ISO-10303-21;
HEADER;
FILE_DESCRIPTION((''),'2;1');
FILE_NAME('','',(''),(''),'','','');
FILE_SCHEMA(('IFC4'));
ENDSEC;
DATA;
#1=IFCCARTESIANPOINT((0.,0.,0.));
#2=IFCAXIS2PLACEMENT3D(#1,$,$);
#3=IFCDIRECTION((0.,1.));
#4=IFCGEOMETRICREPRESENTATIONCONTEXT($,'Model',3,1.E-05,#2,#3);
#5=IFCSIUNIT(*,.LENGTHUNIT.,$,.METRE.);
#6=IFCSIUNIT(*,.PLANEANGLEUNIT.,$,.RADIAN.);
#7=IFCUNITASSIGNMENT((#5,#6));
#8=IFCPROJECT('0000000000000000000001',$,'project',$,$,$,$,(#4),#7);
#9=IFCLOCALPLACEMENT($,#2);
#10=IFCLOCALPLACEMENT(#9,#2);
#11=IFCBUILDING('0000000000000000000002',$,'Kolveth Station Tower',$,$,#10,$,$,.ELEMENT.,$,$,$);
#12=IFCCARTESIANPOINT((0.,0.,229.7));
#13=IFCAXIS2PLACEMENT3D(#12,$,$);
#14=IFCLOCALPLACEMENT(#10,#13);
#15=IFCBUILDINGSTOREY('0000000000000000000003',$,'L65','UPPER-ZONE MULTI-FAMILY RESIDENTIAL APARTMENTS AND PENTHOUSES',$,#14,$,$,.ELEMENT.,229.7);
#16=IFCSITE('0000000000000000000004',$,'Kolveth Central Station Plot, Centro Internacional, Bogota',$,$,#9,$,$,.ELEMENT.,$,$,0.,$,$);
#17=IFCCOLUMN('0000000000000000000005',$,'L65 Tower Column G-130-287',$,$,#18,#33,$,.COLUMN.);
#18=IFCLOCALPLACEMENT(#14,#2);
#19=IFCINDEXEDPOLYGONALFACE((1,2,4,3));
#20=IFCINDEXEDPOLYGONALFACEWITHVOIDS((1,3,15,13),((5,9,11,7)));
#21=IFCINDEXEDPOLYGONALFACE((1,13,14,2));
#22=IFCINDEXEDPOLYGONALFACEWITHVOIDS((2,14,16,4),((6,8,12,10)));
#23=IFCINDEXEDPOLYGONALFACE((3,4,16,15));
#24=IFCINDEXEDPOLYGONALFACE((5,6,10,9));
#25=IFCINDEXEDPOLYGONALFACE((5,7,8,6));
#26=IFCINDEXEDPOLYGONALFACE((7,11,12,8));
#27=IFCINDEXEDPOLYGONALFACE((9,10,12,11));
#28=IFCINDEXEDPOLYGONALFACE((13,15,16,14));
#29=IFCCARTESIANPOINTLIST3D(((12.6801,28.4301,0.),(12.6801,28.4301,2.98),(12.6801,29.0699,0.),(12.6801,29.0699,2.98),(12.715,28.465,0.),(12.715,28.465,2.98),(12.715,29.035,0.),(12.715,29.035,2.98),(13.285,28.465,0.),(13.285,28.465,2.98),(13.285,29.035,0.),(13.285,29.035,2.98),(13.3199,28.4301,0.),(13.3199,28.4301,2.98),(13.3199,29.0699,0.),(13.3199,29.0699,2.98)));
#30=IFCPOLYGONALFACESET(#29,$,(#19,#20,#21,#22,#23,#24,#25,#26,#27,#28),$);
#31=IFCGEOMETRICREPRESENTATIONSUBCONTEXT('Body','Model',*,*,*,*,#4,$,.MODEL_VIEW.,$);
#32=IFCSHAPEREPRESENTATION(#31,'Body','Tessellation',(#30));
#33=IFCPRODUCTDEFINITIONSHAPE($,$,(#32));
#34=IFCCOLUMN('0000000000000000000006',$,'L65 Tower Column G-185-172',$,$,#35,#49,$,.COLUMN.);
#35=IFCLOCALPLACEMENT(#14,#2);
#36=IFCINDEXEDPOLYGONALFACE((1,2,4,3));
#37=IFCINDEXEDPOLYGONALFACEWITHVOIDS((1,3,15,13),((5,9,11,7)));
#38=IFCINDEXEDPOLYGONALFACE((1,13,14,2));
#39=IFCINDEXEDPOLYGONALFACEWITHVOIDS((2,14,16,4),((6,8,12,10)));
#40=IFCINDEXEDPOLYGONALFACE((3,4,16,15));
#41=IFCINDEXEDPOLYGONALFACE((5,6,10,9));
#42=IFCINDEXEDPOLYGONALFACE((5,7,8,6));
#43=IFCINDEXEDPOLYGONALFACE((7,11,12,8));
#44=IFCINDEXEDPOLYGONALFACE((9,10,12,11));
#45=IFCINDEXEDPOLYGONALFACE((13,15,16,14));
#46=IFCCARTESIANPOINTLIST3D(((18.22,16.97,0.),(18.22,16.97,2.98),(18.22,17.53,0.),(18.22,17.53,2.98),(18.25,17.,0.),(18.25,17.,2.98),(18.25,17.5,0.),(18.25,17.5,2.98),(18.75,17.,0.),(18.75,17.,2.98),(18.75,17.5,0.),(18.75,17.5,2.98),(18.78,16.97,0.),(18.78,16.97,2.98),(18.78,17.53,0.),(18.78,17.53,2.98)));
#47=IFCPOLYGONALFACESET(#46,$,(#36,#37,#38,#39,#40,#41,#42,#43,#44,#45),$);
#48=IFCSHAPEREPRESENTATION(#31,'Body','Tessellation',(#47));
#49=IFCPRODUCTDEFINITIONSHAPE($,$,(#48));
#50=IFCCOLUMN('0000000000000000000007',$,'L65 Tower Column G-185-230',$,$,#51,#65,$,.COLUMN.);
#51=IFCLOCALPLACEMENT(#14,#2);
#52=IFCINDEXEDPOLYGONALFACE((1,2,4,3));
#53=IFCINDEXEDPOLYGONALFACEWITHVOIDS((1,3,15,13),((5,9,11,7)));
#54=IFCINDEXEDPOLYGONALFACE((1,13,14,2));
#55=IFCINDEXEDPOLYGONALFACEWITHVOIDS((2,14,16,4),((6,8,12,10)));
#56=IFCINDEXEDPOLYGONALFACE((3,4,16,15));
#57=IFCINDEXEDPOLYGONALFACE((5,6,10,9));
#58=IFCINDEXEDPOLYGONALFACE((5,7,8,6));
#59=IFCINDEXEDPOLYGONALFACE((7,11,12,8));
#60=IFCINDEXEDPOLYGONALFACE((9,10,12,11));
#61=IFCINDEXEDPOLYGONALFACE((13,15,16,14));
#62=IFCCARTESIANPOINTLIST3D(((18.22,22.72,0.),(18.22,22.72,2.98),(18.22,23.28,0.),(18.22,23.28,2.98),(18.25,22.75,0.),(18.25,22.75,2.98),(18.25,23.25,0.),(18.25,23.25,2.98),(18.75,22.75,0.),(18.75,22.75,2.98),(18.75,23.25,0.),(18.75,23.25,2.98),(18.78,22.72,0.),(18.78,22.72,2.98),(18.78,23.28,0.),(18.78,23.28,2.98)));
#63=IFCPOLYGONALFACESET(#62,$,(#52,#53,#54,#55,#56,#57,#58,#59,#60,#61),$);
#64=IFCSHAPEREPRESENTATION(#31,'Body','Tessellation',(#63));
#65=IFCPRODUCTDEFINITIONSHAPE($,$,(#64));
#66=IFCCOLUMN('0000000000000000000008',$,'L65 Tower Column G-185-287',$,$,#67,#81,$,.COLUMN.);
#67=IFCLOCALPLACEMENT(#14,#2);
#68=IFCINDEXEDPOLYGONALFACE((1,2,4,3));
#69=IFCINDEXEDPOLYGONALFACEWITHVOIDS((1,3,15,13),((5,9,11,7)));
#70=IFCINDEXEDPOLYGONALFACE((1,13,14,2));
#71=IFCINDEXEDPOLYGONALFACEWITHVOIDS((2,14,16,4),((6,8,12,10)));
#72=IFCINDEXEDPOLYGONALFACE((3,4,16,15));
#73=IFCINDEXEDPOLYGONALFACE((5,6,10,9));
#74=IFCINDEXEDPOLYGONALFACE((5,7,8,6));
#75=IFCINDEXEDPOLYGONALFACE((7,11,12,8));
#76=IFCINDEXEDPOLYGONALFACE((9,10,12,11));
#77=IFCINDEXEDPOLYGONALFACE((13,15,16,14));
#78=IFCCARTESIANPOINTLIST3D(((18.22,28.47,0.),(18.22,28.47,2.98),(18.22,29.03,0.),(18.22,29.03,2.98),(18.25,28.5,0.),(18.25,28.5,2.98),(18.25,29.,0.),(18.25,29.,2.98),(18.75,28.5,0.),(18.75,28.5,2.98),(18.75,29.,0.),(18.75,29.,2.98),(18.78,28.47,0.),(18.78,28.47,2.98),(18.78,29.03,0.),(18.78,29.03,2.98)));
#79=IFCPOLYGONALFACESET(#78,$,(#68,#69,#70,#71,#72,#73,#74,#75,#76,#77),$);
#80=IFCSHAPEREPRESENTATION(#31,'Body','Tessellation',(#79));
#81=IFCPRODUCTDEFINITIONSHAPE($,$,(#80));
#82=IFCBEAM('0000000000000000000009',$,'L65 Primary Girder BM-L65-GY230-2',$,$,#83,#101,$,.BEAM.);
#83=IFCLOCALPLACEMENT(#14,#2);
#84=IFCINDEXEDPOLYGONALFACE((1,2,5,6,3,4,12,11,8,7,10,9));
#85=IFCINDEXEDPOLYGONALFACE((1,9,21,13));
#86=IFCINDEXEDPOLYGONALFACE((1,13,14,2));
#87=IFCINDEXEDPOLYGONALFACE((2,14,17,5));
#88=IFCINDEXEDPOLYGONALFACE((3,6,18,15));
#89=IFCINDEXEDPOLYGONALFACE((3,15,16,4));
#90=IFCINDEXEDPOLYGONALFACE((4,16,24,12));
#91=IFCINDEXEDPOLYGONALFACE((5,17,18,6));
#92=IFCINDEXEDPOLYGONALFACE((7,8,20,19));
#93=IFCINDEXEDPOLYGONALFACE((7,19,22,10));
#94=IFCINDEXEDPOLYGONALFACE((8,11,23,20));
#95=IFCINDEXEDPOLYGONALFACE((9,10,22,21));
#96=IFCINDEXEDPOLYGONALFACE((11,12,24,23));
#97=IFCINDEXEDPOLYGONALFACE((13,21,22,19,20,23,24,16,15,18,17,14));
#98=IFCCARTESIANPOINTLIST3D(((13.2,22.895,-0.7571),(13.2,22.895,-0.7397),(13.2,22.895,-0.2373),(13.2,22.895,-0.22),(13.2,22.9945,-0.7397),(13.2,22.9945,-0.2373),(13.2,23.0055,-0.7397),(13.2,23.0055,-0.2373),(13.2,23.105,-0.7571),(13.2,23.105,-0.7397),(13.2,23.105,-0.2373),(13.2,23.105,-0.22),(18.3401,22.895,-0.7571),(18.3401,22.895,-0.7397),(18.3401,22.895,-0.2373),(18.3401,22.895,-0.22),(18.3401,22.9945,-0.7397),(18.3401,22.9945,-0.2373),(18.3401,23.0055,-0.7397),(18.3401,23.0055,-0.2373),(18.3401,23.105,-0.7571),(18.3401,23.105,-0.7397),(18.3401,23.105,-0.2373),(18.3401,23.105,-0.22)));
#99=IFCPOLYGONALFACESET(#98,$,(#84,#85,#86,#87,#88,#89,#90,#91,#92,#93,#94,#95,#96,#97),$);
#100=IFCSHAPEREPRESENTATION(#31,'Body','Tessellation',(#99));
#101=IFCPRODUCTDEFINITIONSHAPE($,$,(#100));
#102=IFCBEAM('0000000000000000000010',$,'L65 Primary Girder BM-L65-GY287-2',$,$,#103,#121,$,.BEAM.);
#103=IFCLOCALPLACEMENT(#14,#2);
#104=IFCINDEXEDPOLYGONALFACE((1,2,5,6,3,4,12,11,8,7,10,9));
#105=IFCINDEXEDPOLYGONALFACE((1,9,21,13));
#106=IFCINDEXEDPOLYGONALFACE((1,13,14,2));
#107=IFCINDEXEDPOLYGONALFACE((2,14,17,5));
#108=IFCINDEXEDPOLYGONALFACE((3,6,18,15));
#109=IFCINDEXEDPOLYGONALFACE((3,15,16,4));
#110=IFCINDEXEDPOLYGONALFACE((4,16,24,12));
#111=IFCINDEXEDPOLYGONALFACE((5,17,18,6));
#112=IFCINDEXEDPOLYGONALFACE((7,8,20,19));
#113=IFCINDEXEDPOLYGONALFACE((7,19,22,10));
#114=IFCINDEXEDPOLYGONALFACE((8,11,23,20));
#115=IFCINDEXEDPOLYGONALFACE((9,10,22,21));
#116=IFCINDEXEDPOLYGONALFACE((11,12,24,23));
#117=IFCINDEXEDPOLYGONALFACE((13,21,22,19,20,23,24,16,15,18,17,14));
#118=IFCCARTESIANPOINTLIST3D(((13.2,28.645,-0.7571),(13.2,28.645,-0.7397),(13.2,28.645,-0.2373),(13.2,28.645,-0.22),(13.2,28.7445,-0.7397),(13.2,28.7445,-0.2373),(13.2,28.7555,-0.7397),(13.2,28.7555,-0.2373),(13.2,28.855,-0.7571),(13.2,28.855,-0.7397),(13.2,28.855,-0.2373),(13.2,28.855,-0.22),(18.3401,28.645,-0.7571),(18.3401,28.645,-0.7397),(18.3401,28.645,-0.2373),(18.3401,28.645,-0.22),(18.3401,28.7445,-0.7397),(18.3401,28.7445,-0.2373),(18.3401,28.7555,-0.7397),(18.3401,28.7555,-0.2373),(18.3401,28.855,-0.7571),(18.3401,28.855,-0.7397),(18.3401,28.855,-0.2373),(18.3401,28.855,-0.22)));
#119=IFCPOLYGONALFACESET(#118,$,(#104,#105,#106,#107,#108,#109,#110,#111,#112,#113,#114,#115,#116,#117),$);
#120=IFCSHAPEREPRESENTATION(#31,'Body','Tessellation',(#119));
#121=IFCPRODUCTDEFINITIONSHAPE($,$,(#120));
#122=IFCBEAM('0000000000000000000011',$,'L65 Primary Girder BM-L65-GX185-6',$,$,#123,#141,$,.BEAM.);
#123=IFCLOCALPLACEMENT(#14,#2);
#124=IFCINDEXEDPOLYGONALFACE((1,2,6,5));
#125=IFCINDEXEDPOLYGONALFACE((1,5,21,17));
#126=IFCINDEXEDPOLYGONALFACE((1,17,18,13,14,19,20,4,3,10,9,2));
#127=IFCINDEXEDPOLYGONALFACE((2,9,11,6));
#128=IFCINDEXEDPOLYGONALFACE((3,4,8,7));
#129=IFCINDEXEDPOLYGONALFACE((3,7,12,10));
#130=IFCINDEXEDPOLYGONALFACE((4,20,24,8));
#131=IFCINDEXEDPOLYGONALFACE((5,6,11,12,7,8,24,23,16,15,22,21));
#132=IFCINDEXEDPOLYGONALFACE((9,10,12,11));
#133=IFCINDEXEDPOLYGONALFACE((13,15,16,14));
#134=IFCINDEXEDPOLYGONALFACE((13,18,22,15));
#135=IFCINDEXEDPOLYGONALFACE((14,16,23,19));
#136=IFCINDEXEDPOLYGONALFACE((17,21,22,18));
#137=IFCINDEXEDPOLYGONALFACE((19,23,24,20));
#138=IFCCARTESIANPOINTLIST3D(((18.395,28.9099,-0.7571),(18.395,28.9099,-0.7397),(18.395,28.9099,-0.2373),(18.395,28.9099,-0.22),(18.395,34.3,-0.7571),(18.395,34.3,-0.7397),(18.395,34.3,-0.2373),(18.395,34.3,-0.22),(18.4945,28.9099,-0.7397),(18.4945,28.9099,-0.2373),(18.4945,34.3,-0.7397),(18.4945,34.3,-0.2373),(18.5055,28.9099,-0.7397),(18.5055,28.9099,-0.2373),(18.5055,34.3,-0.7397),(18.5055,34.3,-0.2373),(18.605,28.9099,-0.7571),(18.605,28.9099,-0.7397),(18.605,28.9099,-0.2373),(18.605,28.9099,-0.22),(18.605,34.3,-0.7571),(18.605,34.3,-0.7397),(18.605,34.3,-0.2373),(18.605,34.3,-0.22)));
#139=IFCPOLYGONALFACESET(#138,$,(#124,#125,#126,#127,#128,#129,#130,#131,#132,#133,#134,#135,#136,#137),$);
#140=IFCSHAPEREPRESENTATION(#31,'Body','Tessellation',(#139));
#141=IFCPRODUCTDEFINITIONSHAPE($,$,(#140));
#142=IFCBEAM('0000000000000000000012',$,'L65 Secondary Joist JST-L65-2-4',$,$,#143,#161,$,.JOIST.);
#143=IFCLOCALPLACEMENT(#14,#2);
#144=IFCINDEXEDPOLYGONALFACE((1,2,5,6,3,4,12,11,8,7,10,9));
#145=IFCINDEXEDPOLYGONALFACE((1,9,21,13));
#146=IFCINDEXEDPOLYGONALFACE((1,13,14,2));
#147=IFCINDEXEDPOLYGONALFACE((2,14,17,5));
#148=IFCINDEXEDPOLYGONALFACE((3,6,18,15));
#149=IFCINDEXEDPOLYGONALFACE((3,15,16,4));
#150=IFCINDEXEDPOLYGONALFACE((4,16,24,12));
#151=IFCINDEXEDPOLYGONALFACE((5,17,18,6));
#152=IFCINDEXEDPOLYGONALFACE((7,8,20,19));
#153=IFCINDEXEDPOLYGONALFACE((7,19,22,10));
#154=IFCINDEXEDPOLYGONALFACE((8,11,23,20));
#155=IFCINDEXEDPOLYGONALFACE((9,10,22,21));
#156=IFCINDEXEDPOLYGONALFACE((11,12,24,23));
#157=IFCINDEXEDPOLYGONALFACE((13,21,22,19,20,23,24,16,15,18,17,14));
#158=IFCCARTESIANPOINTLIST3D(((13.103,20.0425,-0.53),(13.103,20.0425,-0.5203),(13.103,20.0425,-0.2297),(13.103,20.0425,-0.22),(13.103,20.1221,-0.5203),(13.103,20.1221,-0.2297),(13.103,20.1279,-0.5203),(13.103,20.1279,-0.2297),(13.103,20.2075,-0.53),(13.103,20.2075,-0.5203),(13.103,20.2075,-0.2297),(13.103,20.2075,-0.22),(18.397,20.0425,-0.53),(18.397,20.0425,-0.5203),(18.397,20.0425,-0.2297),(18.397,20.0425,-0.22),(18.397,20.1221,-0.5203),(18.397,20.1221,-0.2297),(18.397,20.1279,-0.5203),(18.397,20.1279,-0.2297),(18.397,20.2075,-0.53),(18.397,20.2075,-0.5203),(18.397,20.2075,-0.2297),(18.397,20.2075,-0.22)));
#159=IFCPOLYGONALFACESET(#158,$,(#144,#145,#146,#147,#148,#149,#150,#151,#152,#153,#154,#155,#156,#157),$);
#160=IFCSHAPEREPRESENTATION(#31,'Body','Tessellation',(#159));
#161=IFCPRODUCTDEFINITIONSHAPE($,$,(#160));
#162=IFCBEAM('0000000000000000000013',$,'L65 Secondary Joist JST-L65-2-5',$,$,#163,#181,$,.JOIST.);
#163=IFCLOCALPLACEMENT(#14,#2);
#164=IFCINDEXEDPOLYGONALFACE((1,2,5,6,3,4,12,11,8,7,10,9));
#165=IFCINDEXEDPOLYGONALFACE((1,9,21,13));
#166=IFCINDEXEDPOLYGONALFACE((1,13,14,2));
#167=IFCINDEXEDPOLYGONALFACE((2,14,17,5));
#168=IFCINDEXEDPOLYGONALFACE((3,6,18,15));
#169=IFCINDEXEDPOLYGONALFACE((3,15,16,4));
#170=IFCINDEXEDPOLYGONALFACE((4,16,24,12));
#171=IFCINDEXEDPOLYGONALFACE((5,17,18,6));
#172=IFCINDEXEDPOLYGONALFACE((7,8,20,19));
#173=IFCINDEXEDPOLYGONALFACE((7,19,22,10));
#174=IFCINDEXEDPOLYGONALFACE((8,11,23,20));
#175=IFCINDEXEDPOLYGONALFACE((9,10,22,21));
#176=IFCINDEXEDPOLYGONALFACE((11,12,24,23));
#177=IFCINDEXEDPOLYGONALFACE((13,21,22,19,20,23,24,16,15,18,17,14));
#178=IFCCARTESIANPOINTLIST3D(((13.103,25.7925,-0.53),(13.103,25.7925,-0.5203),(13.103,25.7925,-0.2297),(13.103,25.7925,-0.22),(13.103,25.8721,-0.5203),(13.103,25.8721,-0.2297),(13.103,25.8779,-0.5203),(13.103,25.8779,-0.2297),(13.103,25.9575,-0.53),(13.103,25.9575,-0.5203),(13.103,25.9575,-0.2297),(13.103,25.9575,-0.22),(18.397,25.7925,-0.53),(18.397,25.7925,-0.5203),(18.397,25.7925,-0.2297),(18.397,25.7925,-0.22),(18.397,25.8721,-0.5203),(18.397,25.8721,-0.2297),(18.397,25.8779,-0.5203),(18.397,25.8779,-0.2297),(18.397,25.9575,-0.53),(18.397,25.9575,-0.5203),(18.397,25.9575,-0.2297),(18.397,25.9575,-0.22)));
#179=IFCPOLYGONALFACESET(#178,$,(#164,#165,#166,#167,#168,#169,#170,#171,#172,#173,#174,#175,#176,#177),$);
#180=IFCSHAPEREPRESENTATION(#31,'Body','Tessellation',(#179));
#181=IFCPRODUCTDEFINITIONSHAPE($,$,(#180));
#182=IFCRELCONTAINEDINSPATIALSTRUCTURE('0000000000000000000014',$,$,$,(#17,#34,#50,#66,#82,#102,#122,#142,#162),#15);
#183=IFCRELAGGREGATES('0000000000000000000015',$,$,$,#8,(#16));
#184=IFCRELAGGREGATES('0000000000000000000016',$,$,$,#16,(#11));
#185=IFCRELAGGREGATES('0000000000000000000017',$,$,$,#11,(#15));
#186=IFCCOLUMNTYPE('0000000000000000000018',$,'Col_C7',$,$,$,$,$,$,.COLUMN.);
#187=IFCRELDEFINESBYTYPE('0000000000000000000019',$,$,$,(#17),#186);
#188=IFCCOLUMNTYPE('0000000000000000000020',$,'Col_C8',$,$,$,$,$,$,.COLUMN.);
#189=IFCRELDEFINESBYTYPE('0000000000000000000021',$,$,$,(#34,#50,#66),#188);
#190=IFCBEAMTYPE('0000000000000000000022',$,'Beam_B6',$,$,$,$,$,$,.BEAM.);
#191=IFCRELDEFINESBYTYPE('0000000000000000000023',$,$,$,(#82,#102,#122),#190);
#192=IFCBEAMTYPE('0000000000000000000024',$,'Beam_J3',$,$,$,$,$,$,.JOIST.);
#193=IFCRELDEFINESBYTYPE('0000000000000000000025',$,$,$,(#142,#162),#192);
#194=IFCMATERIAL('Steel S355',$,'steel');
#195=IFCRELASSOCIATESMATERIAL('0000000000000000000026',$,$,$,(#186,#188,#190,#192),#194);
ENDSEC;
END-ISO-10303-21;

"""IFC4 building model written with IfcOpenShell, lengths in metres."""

from ifc_helpers import new_model, si_unit, direction, frame, origin, origin_2d, place, context, subcontext, project, spatial, hollow_rectangle, i_section, extrude, source, transform, mapped, material, material_profile, profile_set, type_object, element, save


model = new_model("IFC4")

# Units and contexts
model_context = context("Model", 3, precision=1e-05, world=origin(), true_north=direction((0.0, 1.0)))
body_context = subcontext(model_context, "Body", "Model", "MODEL_VIEW")
ifc_project = project(units=[si_unit("LENGTHUNIT", "METRE"), si_unit("PLANEANGLEUNIT", "RADIAN")], contexts=[model_context])

# Site, building, storey
site_placement = place(None, origin())
site = spatial("IfcSite", under=ifc_project, at=site_placement, Name="Kolveth Central Station Plot, Centro Internacional, Bogota", CompositionType="ELEMENT", RefElevation=0.0)
building_placement = place(site_placement, origin())
building = spatial("IfcBuilding", under=site, at=building_placement, Name="Kolveth Station Tower", CompositionType="ELEMENT")
storey_placement = place(building_placement, frame((0.0, 0.0, 229.7)))
storey = spatial("IfcBuildingStorey", under=building, at=storey_placement, Name="L65", Description="UPPER-ZONE MULTI-FAMILY RESIDENTIAL APARTMENTS AND PENTHOUSES", CompositionType="ELEMENT", Elevation=229.7)

# Columns
ifc_material_1 = material(Name="Steel S355", Category="steel")
ifc_material_profile_1 = material_profile(ifc_material_1, hollow_rectangle(XDim=0.6399, YDim=0.6399, WallThickness=0.0349, at=origin_2d()), Name="BOX640x640x35")
ifc_profile_set_1 = profile_set([ifc_material_profile_1], Name="Steel S355")
column_type_1 = type_object("IfcColumnType", Name="Col_C7", PredefinedType="COLUMN", material=ifc_profile_set_1)
shared_shape_1 = source(origin(), body_context, "Body", "SweptSolid", [
    extrude(hollow_rectangle(XDim=0.6399, YDim=0.6399, WallThickness=0.0349, at=origin_2d()), origin(), (0.0, 0.0, 1.0), 2.98),
])
column_placement = place(storey_placement, frame((13.0, 28.75, 0.0), z_axis=(0.0, 0.0, 1.0), x_axis=(1.0, 0.0, 0.0)))
element("IfcColumn", 1, at=column_placement, inside=storey, type_object=column_type_1, Name="L65 Tower Column G-130-287", PredefinedType="COLUMN", context=body_context, shape_type="MappedRepresentation", body=[
    mapped(shared_shape_1, transform((0.0, 0.0, 0.0), x_axis=(1.0, 0.0, 0.0), y_axis=(0.0, 1.0, 0.0), z_axis=(0.0, 0.0, 1.0), scale=1.0)),
])
ifc_material_profile_2 = material_profile(ifc_material_1, hollow_rectangle(XDim=0.5601, YDim=0.5601, WallThickness=0.03, at=origin_2d()), Name="BOX560x560x30")
ifc_profile_set_2 = profile_set([ifc_material_profile_2], Name="Steel S355")
column_type_2 = type_object("IfcColumnType", Name="Col_C8", PredefinedType="COLUMN", material=ifc_profile_set_2)
shared_shape_2 = source(origin(), body_context, "Body", "SweptSolid", [
    extrude(hollow_rectangle(XDim=0.5601, YDim=0.5601, WallThickness=0.03, at=origin_2d()), origin(), (0.0, 0.0, 1.0), 2.98),
])
for number, where, z_axis, x_axis, name in (
    (2, (18.5, 17.25, 0.0), (0.0, 0.0, 1.0), (1.0, 0.0, 0.0), "L65 Tower Column G-185-172"),
    (3, (18.5, 23.0, 0.0), (0.0, 0.0, 1.0), (1.0, 0.0, 0.0), "L65 Tower Column G-185-230"),
    (4, (18.5, 28.75, 0.0), (0.0, 0.0, 1.0), (1.0, 0.0, 0.0), "L65 Tower Column G-185-287"),
):
    element("IfcColumn", number, at=place(storey_placement, frame(where, z_axis=z_axis, x_axis=x_axis)), inside=storey, type_object=column_type_2, Name=name, PredefinedType="COLUMN", context=body_context, shape_type="MappedRepresentation", body=[
        mapped(shared_shape_2, transform((0.0, 0.0, 0.0), x_axis=(1.0, 0.0, 0.0), y_axis=(0.0, 1.0, 0.0), z_axis=(0.0, 0.0, 1.0), scale=1.0)),
    ])

# Beams
ifc_material_profile_3 = material_profile(ifc_material_1, i_section(OverallWidth=0.21, OverallDepth=0.5371, WebThickness=0.011, FlangeThickness=0.0173, at=origin_2d()), Name="W530x101")
ifc_profile_set_3 = profile_set([ifc_material_profile_3], Name="Steel S355")
beam_type_1 = type_object("IfcBeamType", Name="Beam_B6", PredefinedType="BEAM", material=ifc_profile_set_3)
shared_shape_3 = source(origin(), body_context, "Body", "SweptSolid", [
    extrude(i_section(OverallWidth=0.21, OverallDepth=0.5371, WebThickness=0.011, FlangeThickness=0.0173, at=origin_2d()), origin(), (0.0, 0.0, 1.0), 5.1401),
])
for number, where, z_axis, x_axis, name in (
    (5, (13.2, 23.0, -0.4885), (1.0, 0.0, 0.0), (0.0, 1.0, 0.0), "L65 Primary Girder BM-L65-GY230-2"),
    (6, (13.2, 28.75, -0.4885), (1.0, 0.0, 0.0), (0.0, 1.0, 0.0), "L65 Primary Girder BM-L65-GY287-2"),
):
    element("IfcBeam", number, at=place(storey_placement, frame(where, z_axis=z_axis, x_axis=x_axis)), inside=storey, type_object=beam_type_1, Name=name, PredefinedType="BEAM", context=body_context, shape_type="MappedRepresentation", body=[
        mapped(shared_shape_3, transform((0.0, 0.0, 0.0), x_axis=(1.0, 0.0, 0.0), y_axis=(0.0, 1.0, 0.0), z_axis=(0.0, 0.0, 1.0), scale=1.0)),
    ])
shared_shape_4 = source(origin(), body_context, "Body", "SweptSolid", [
    extrude(i_section(OverallWidth=0.21, OverallDepth=0.5371, WebThickness=0.011, FlangeThickness=0.0173, at=origin_2d()), origin(), (0.0, 0.0, 1.0), 5.3901),
])
beam_placement = place(storey_placement, frame((18.5, 28.9099, -0.4885), z_axis=(0.0, 1.0, 0.0), x_axis=(-1.0, 0.0, 0.0)))
element("IfcBeam", 7, at=beam_placement, inside=storey, type_object=beam_type_1, Name="L65 Primary Girder BM-L65-GX185-6", PredefinedType="BEAM", context=body_context, shape_type="MappedRepresentation", body=[
    mapped(shared_shape_4, transform((0.0, 0.0, 0.0), x_axis=(1.0, 0.0, 0.0), y_axis=(0.0, 1.0, 0.0), z_axis=(0.0, 0.0, 1.0), scale=1.0)),
])
ifc_material_profile_4 = material_profile(ifc_material_1, i_section(OverallWidth=0.165, OverallDepth=0.3101, WebThickness=0.0059, FlangeThickness=0.0098, at=origin_2d()), Name="W310x39")
ifc_profile_set_4 = profile_set([ifc_material_profile_4], Name="Steel S355")
beam_type_2 = type_object("IfcBeamType", Name="Beam_J3", PredefinedType="JOIST", material=ifc_profile_set_4)
shared_shape_5 = source(origin(), body_context, "Body", "SweptSolid", [
    extrude(i_section(OverallWidth=0.165, OverallDepth=0.3101, WebThickness=0.0059, FlangeThickness=0.0098, at=origin_2d()), origin(), (0.0, 0.0, 1.0), 5.2939),
])
for number, where, z_axis, x_axis, name in (
    (8, (13.103, 20.125, -0.375), (1.0, 0.0, 0.0), (0.0, 1.0, 0.0), "L65 Secondary Joist JST-L65-2-4"),
    (9, (13.103, 25.875, -0.375), (1.0, 0.0, 0.0), (0.0, 1.0, 0.0), "L65 Secondary Joist JST-L65-2-5"),
):
    element("IfcBeam", number, at=place(storey_placement, frame(where, z_axis=z_axis, x_axis=x_axis)), inside=storey, type_object=beam_type_2, Name=name, PredefinedType="JOIST", context=body_context, shape_type="MappedRepresentation", body=[
        mapped(shared_shape_5, transform((0.0, 0.0, 0.0), x_axis=(1.0, 0.0, 0.0), y_axis=(0.0, 1.0, 0.0), z_axis=(0.0, 0.0, 1.0), scale=1.0)),
    ])

save(model, "model.ifc")
